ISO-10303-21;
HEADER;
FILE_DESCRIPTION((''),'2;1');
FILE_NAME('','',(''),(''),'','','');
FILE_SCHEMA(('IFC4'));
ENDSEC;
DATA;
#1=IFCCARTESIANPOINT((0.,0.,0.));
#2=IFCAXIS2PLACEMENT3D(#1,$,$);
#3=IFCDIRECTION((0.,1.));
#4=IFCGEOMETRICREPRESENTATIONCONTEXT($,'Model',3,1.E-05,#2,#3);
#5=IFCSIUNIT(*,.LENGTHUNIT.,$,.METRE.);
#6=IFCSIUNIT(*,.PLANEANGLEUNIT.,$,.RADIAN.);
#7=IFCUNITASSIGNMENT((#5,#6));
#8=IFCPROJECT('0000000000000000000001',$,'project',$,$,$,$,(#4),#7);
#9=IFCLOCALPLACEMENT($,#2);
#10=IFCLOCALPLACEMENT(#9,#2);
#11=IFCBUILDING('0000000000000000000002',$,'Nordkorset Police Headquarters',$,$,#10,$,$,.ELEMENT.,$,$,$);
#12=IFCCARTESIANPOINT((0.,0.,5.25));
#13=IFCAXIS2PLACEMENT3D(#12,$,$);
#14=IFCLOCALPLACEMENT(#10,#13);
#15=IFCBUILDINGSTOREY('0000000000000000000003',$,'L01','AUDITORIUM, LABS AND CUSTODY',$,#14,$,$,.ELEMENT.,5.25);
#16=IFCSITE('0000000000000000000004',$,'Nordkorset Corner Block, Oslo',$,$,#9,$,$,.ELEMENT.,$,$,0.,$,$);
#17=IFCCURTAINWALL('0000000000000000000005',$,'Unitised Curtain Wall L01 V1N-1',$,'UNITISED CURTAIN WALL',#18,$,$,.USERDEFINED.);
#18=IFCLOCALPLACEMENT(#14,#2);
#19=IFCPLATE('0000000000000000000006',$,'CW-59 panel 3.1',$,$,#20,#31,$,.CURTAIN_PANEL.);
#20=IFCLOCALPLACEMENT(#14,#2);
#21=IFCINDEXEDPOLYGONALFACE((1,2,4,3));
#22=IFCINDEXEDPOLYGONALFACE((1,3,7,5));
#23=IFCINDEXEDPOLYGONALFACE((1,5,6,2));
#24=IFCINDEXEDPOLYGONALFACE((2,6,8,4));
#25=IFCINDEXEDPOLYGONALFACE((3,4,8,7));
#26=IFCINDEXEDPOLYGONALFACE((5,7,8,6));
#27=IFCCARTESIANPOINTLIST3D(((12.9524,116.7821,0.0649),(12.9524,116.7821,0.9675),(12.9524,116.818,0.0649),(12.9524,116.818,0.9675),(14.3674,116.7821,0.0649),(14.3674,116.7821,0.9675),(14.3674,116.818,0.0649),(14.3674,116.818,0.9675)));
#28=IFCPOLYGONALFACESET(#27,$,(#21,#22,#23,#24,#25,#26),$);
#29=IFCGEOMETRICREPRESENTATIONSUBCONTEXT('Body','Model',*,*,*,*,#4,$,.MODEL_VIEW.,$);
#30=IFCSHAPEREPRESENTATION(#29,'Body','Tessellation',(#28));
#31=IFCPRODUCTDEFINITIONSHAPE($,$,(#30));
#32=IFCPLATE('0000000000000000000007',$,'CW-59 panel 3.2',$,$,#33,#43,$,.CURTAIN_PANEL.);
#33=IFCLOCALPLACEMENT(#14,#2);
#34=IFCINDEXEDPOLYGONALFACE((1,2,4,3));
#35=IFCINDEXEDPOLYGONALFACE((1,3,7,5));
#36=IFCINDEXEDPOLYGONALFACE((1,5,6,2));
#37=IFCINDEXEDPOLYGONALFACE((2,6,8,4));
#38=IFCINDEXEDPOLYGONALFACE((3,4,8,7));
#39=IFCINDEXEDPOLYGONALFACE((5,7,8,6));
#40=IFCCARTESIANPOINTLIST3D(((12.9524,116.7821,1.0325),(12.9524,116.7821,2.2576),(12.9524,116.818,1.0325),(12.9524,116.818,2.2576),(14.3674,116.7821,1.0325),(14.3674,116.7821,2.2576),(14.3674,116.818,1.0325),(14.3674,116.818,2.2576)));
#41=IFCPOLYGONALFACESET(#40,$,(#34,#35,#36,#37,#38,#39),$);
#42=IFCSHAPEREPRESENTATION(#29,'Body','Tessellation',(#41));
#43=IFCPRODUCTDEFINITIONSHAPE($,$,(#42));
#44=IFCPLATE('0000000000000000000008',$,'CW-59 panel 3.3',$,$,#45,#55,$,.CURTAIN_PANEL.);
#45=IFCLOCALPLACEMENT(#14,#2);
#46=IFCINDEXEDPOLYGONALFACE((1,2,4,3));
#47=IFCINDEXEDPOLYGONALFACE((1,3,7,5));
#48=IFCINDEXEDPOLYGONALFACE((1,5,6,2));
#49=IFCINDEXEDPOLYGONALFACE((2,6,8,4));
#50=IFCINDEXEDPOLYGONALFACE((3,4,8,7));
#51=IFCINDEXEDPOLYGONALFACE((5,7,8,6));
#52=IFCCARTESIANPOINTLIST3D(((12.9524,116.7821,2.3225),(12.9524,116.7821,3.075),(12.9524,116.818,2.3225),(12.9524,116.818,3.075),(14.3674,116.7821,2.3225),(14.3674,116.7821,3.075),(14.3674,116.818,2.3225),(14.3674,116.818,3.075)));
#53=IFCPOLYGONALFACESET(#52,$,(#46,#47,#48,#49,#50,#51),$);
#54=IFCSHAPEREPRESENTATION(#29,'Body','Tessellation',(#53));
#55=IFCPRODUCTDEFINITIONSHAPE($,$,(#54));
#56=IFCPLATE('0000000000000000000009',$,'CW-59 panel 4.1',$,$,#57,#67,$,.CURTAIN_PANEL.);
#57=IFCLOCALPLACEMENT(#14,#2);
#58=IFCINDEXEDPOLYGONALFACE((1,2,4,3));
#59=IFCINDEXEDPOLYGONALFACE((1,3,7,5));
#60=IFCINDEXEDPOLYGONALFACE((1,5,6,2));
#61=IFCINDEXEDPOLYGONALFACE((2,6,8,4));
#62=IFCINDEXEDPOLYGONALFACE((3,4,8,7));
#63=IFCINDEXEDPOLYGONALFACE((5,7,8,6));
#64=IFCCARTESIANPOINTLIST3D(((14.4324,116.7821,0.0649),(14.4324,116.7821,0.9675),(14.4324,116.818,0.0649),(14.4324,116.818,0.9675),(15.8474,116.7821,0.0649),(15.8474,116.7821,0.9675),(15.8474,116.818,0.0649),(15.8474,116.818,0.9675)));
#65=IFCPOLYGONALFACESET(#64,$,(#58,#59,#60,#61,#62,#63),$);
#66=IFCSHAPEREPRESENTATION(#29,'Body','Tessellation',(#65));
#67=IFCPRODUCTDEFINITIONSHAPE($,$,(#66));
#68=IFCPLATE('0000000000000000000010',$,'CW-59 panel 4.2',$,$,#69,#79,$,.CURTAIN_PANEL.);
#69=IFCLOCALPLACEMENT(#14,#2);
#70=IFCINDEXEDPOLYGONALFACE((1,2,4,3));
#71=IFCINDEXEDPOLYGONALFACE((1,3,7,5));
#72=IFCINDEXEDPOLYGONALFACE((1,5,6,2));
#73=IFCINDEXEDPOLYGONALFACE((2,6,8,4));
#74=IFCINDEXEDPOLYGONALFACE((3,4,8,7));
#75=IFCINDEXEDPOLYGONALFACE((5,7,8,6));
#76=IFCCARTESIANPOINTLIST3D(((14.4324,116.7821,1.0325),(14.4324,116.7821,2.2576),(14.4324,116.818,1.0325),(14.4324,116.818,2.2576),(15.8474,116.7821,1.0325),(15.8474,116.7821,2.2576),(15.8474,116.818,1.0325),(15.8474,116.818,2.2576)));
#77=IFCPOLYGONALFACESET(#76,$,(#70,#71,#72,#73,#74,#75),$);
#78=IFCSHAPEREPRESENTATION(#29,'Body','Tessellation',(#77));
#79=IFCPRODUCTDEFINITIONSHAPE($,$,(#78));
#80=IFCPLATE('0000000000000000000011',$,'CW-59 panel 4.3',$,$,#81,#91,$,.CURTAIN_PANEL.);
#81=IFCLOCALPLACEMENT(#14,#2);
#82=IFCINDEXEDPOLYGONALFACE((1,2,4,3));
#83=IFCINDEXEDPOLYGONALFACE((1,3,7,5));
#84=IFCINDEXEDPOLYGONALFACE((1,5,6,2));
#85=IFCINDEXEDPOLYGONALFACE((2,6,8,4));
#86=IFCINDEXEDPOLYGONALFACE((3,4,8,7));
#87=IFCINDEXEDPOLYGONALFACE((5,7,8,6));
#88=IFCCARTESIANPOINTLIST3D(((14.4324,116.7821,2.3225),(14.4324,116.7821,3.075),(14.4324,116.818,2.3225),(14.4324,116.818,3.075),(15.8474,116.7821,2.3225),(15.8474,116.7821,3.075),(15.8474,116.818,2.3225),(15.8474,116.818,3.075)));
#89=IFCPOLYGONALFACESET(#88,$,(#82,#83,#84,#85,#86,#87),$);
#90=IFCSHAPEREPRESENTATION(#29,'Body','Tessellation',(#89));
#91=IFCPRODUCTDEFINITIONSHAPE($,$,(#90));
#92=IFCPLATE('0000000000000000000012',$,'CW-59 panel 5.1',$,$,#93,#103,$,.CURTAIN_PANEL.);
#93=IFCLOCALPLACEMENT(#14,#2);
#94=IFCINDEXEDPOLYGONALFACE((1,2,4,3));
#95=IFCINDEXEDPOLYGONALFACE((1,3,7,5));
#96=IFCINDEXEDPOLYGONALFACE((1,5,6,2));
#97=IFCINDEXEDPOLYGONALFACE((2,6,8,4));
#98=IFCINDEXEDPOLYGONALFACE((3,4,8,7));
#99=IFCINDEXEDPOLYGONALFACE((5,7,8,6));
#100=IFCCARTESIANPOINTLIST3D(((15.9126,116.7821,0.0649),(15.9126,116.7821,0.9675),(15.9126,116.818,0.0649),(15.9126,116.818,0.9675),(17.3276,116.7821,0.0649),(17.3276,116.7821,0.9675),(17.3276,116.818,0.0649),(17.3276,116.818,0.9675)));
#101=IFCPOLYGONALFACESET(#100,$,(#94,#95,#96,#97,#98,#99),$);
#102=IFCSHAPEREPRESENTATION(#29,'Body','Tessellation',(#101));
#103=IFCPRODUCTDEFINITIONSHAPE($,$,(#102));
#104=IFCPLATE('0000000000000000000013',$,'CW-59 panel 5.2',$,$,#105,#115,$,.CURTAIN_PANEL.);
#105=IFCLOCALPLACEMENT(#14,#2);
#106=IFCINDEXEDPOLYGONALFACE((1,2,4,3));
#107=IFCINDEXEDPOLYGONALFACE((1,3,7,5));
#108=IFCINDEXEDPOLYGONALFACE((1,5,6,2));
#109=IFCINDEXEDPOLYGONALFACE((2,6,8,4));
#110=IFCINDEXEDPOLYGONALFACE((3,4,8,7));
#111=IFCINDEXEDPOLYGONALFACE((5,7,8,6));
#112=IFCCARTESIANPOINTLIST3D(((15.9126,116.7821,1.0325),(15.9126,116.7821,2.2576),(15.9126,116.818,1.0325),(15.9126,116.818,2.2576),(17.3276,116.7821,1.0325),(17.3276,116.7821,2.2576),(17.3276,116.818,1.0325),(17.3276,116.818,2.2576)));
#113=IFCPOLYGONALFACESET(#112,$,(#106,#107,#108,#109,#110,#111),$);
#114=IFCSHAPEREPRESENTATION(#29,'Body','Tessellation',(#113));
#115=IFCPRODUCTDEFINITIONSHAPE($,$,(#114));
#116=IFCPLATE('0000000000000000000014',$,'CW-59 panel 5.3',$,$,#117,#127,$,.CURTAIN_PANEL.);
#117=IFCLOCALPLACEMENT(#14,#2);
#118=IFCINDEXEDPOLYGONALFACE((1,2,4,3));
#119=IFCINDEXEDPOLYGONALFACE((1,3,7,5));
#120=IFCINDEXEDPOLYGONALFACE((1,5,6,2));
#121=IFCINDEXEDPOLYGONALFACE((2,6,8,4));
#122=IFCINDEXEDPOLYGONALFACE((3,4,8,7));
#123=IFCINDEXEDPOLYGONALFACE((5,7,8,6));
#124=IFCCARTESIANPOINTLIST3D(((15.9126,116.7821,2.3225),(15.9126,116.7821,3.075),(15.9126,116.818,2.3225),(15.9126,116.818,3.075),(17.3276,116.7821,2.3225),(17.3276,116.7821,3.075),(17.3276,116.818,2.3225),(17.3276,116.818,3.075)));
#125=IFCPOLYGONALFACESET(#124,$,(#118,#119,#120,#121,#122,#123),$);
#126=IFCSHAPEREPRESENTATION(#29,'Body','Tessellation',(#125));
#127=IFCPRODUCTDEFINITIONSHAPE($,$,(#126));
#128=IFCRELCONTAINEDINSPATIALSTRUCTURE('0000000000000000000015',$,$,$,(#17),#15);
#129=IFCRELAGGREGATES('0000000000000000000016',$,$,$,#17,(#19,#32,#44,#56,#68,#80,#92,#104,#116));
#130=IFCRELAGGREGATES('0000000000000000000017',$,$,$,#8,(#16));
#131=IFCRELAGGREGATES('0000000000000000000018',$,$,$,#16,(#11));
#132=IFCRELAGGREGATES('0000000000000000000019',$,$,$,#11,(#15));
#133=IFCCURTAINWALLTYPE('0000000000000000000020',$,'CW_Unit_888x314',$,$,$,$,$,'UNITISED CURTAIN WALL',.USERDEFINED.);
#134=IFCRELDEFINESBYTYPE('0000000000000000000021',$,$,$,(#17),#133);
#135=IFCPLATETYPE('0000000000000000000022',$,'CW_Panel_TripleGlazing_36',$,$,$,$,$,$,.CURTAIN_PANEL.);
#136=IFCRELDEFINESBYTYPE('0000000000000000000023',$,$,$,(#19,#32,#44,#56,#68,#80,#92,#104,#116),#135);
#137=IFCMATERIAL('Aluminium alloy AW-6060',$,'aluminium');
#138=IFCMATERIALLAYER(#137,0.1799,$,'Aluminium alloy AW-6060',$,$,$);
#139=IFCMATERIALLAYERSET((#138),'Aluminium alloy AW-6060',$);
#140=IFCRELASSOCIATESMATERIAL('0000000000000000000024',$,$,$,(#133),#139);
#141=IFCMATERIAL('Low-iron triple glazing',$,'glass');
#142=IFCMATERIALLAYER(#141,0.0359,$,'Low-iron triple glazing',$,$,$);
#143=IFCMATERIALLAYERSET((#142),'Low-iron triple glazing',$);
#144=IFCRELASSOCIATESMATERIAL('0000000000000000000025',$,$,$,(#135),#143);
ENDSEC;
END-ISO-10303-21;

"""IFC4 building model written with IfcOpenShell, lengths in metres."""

from ifc_helpers import new_model, si_unit, direction, frame, origin, origin_2d, place, context, subcontext, project, spatial, rectangle, extrude, material, layer, layer_set, type_object, element, aggregate, save


model = new_model("IFC4")

# Units and contexts
model_context = context("Model", 3, precision=1e-05, world=origin(), true_north=direction((0.0, 1.0)))
body_context = subcontext(model_context, "Body", "Model", "MODEL_VIEW")
ifc_project = project(units=[si_unit("LENGTHUNIT", "METRE"), si_unit("PLANEANGLEUNIT", "RADIAN")], contexts=[model_context])

# Site, building, storey
site_placement = place(None, origin())
site = spatial("IfcSite", under=ifc_project, at=site_placement, Name="Nordkorset Corner Block, Oslo", CompositionType="ELEMENT", RefElevation=0.0)
building_placement = place(site_placement, origin())
building = spatial("IfcBuilding", under=site, at=building_placement, Name="Nordkorset Police Headquarters", CompositionType="ELEMENT")
storey_placement = place(building_placement, frame((0.0, 0.0, 5.25)))
storey = spatial("IfcBuildingStorey", under=building, at=storey_placement, Name="L01", Description="AUDITORIUM, LABS AND CUSTODY", CompositionType="ELEMENT", Elevation=5.25)

# Curtain wall, plates
ifc_material_1 = material(Name="Aluminium alloy AW-6060", Category="aluminium")
ifc_layer_1 = layer(ifc_material_1, 0.1799, Name="Aluminium alloy AW-6060")
ifc_layer_set_1 = layer_set([ifc_layer_1], Name="Aluminium alloy AW-6060")
curtain_wall_type = type_object("IfcCurtainWallType", Name="CW_Unit_888x314", ElementType="UNITISED CURTAIN WALL", PredefinedType="USERDEFINED", material=ifc_layer_set_1)
curtain_wall_placement = place(storey_placement, origin())
curtain_wall = element("IfcCurtainWall", 1, at=curtain_wall_placement, inside=storey, type_object=curtain_wall_type, Name="Unitised Curtain Wall L01 V1N-1", ObjectType="UNITISED CURTAIN WALL", PredefinedType="USERDEFINED")
ifc_material_2 = material(Name="Low-iron triple glazing", Category="glass")
ifc_layer_2 = layer(ifc_material_2, 0.0359, Name="Low-iron triple glazing")
ifc_layer_set_2 = layer_set([ifc_layer_2], Name="Low-iron triple glazing")
plate_type = type_object("IfcPlateType", Name="CW_Panel_TripleGlazing_36", PredefinedType="CURTAIN_PANEL", material=ifc_layer_set_2)
plate_1_placement = place(storey_placement, frame((13.6599, 116.8, 0.0649), z_axis=(0.0, 0.0, 1.0), x_axis=(1.0, 0.0, 0.0)))
plate_1 = element("IfcPlate", 2, at=plate_1_placement, type_object=plate_type, Name="CW-59 panel 3.1", PredefinedType="CURTAIN_PANEL", context=body_context, shape_type="SweptSolid", body=[
    extrude(rectangle(XDim=1.415, YDim=0.0359, at=origin_2d()), origin(), (0.0, 0.0, 1.0), 0.9026),
])
plate_2_placement = place(storey_placement, frame((13.6599, 116.8, 1.0325), z_axis=(0.0, 0.0, 1.0), x_axis=(1.0, 0.0, 0.0)))
plate_2 = element("IfcPlate", 3, at=plate_2_placement, type_object=plate_type, Name="CW-59 panel 3.2", PredefinedType="CURTAIN_PANEL", context=body_context, shape_type="SweptSolid", body=[
    extrude(rectangle(XDim=1.415, YDim=0.0359, at=origin_2d()), origin(), (0.0, 0.0, 1.0), 1.2251),
])
plate_3_placement = place(storey_placement, frame((13.6599, 116.8, 2.3225), z_axis=(0.0, 0.0, 1.0), x_axis=(1.0, 0.0, 0.0)))
plate_3 = element("IfcPlate", 4, at=plate_3_placement, type_object=plate_type, Name="CW-59 panel 3.3", PredefinedType="CURTAIN_PANEL", context=body_context, shape_type="SweptSolid", body=[
    extrude(rectangle(XDim=1.415, YDim=0.0359, at=origin_2d()), origin(), (0.0, 0.0, 1.0), 0.7524),
])
plate_4_placement = place(storey_placement, frame((15.1399, 116.8, 0.0649), z_axis=(0.0, 0.0, 1.0), x_axis=(1.0, 0.0, 0.0)))
plate_4 = element("IfcPlate", 5, at=plate_4_placement, type_object=plate_type, Name="CW-59 panel 4.1", PredefinedType="CURTAIN_PANEL", context=body_context, shape_type="SweptSolid", body=[
    extrude(rectangle(XDim=1.415, YDim=0.0359, at=origin_2d()), origin(), (0.0, 0.0, 1.0), 0.9026),
])
plate_5_placement = place(storey_placement, frame((15.1399, 116.8, 1.0325), z_axis=(0.0, 0.0, 1.0), x_axis=(1.0, 0.0, 0.0)))
plate_5 = element("IfcPlate", 6, at=plate_5_placement, type_object=plate_type, Name="CW-59 panel 4.2", PredefinedType="CURTAIN_PANEL", context=body_context, shape_type="SweptSolid", body=[
    extrude(rectangle(XDim=1.415, YDim=0.0359, at=origin_2d()), origin(), (0.0, 0.0, 1.0), 1.2251),
])
plate_6_placement = place(storey_placement, frame((15.1399, 116.8, 2.3225), z_axis=(0.0, 0.0, 1.0), x_axis=(1.0, 0.0, 0.0)))
plate_6 = element("IfcPlate", 7, at=plate_6_placement, type_object=plate_type, Name="CW-59 panel 4.3", PredefinedType="CURTAIN_PANEL", context=body_context, shape_type="SweptSolid", body=[
    extrude(rectangle(XDim=1.415, YDim=0.0359, at=origin_2d()), origin(), (0.0, 0.0, 1.0), 0.7524),
])
plate_7_placement = place(storey_placement, frame((16.6201, 116.8, 0.0649), z_axis=(0.0, 0.0, 1.0), x_axis=(1.0, 0.0, 0.0)))
plate_7 = element("IfcPlate", 8, at=plate_7_placement, type_object=plate_type, Name="CW-59 panel 5.1", PredefinedType="CURTAIN_PANEL", context=body_context, shape_type="SweptSolid", body=[
    extrude(rectangle(XDim=1.415, YDim=0.0359, at=origin_2d()), origin(), (0.0, 0.0, 1.0), 0.9026),
])
plate_8_placement = place(storey_placement, frame((16.6201, 116.8, 1.0325), z_axis=(0.0, 0.0, 1.0), x_axis=(1.0, 0.0, 0.0)))
plate_8 = element("IfcPlate", 9, at=plate_8_placement, type_object=plate_type, Name="CW-59 panel 5.2", PredefinedType="CURTAIN_PANEL", context=body_context, shape_type="SweptSolid", body=[
    extrude(rectangle(XDim=1.415, YDim=0.0359, at=origin_2d()), origin(), (0.0, 0.0, 1.0), 1.2251),
])
plate_9_placement = place(storey_placement, frame((16.6201, 116.8, 2.3225), z_axis=(0.0, 0.0, 1.0), x_axis=(1.0, 0.0, 0.0)))
plate_9 = element("IfcPlate", 10, at=plate_9_placement, type_object=plate_type, Name="CW-59 panel 5.3", PredefinedType="CURTAIN_PANEL", context=body_context, shape_type="SweptSolid", body=[
    extrude(rectangle(XDim=1.415, YDim=0.0359, at=origin_2d()), origin(), (0.0, 0.0, 1.0), 0.7524),
])
aggregate(curtain_wall, [plate_1, plate_2, plate_3, plate_4, plate_5, plate_6, plate_7, plate_8, plate_9])

save(model, "model.ifc")
